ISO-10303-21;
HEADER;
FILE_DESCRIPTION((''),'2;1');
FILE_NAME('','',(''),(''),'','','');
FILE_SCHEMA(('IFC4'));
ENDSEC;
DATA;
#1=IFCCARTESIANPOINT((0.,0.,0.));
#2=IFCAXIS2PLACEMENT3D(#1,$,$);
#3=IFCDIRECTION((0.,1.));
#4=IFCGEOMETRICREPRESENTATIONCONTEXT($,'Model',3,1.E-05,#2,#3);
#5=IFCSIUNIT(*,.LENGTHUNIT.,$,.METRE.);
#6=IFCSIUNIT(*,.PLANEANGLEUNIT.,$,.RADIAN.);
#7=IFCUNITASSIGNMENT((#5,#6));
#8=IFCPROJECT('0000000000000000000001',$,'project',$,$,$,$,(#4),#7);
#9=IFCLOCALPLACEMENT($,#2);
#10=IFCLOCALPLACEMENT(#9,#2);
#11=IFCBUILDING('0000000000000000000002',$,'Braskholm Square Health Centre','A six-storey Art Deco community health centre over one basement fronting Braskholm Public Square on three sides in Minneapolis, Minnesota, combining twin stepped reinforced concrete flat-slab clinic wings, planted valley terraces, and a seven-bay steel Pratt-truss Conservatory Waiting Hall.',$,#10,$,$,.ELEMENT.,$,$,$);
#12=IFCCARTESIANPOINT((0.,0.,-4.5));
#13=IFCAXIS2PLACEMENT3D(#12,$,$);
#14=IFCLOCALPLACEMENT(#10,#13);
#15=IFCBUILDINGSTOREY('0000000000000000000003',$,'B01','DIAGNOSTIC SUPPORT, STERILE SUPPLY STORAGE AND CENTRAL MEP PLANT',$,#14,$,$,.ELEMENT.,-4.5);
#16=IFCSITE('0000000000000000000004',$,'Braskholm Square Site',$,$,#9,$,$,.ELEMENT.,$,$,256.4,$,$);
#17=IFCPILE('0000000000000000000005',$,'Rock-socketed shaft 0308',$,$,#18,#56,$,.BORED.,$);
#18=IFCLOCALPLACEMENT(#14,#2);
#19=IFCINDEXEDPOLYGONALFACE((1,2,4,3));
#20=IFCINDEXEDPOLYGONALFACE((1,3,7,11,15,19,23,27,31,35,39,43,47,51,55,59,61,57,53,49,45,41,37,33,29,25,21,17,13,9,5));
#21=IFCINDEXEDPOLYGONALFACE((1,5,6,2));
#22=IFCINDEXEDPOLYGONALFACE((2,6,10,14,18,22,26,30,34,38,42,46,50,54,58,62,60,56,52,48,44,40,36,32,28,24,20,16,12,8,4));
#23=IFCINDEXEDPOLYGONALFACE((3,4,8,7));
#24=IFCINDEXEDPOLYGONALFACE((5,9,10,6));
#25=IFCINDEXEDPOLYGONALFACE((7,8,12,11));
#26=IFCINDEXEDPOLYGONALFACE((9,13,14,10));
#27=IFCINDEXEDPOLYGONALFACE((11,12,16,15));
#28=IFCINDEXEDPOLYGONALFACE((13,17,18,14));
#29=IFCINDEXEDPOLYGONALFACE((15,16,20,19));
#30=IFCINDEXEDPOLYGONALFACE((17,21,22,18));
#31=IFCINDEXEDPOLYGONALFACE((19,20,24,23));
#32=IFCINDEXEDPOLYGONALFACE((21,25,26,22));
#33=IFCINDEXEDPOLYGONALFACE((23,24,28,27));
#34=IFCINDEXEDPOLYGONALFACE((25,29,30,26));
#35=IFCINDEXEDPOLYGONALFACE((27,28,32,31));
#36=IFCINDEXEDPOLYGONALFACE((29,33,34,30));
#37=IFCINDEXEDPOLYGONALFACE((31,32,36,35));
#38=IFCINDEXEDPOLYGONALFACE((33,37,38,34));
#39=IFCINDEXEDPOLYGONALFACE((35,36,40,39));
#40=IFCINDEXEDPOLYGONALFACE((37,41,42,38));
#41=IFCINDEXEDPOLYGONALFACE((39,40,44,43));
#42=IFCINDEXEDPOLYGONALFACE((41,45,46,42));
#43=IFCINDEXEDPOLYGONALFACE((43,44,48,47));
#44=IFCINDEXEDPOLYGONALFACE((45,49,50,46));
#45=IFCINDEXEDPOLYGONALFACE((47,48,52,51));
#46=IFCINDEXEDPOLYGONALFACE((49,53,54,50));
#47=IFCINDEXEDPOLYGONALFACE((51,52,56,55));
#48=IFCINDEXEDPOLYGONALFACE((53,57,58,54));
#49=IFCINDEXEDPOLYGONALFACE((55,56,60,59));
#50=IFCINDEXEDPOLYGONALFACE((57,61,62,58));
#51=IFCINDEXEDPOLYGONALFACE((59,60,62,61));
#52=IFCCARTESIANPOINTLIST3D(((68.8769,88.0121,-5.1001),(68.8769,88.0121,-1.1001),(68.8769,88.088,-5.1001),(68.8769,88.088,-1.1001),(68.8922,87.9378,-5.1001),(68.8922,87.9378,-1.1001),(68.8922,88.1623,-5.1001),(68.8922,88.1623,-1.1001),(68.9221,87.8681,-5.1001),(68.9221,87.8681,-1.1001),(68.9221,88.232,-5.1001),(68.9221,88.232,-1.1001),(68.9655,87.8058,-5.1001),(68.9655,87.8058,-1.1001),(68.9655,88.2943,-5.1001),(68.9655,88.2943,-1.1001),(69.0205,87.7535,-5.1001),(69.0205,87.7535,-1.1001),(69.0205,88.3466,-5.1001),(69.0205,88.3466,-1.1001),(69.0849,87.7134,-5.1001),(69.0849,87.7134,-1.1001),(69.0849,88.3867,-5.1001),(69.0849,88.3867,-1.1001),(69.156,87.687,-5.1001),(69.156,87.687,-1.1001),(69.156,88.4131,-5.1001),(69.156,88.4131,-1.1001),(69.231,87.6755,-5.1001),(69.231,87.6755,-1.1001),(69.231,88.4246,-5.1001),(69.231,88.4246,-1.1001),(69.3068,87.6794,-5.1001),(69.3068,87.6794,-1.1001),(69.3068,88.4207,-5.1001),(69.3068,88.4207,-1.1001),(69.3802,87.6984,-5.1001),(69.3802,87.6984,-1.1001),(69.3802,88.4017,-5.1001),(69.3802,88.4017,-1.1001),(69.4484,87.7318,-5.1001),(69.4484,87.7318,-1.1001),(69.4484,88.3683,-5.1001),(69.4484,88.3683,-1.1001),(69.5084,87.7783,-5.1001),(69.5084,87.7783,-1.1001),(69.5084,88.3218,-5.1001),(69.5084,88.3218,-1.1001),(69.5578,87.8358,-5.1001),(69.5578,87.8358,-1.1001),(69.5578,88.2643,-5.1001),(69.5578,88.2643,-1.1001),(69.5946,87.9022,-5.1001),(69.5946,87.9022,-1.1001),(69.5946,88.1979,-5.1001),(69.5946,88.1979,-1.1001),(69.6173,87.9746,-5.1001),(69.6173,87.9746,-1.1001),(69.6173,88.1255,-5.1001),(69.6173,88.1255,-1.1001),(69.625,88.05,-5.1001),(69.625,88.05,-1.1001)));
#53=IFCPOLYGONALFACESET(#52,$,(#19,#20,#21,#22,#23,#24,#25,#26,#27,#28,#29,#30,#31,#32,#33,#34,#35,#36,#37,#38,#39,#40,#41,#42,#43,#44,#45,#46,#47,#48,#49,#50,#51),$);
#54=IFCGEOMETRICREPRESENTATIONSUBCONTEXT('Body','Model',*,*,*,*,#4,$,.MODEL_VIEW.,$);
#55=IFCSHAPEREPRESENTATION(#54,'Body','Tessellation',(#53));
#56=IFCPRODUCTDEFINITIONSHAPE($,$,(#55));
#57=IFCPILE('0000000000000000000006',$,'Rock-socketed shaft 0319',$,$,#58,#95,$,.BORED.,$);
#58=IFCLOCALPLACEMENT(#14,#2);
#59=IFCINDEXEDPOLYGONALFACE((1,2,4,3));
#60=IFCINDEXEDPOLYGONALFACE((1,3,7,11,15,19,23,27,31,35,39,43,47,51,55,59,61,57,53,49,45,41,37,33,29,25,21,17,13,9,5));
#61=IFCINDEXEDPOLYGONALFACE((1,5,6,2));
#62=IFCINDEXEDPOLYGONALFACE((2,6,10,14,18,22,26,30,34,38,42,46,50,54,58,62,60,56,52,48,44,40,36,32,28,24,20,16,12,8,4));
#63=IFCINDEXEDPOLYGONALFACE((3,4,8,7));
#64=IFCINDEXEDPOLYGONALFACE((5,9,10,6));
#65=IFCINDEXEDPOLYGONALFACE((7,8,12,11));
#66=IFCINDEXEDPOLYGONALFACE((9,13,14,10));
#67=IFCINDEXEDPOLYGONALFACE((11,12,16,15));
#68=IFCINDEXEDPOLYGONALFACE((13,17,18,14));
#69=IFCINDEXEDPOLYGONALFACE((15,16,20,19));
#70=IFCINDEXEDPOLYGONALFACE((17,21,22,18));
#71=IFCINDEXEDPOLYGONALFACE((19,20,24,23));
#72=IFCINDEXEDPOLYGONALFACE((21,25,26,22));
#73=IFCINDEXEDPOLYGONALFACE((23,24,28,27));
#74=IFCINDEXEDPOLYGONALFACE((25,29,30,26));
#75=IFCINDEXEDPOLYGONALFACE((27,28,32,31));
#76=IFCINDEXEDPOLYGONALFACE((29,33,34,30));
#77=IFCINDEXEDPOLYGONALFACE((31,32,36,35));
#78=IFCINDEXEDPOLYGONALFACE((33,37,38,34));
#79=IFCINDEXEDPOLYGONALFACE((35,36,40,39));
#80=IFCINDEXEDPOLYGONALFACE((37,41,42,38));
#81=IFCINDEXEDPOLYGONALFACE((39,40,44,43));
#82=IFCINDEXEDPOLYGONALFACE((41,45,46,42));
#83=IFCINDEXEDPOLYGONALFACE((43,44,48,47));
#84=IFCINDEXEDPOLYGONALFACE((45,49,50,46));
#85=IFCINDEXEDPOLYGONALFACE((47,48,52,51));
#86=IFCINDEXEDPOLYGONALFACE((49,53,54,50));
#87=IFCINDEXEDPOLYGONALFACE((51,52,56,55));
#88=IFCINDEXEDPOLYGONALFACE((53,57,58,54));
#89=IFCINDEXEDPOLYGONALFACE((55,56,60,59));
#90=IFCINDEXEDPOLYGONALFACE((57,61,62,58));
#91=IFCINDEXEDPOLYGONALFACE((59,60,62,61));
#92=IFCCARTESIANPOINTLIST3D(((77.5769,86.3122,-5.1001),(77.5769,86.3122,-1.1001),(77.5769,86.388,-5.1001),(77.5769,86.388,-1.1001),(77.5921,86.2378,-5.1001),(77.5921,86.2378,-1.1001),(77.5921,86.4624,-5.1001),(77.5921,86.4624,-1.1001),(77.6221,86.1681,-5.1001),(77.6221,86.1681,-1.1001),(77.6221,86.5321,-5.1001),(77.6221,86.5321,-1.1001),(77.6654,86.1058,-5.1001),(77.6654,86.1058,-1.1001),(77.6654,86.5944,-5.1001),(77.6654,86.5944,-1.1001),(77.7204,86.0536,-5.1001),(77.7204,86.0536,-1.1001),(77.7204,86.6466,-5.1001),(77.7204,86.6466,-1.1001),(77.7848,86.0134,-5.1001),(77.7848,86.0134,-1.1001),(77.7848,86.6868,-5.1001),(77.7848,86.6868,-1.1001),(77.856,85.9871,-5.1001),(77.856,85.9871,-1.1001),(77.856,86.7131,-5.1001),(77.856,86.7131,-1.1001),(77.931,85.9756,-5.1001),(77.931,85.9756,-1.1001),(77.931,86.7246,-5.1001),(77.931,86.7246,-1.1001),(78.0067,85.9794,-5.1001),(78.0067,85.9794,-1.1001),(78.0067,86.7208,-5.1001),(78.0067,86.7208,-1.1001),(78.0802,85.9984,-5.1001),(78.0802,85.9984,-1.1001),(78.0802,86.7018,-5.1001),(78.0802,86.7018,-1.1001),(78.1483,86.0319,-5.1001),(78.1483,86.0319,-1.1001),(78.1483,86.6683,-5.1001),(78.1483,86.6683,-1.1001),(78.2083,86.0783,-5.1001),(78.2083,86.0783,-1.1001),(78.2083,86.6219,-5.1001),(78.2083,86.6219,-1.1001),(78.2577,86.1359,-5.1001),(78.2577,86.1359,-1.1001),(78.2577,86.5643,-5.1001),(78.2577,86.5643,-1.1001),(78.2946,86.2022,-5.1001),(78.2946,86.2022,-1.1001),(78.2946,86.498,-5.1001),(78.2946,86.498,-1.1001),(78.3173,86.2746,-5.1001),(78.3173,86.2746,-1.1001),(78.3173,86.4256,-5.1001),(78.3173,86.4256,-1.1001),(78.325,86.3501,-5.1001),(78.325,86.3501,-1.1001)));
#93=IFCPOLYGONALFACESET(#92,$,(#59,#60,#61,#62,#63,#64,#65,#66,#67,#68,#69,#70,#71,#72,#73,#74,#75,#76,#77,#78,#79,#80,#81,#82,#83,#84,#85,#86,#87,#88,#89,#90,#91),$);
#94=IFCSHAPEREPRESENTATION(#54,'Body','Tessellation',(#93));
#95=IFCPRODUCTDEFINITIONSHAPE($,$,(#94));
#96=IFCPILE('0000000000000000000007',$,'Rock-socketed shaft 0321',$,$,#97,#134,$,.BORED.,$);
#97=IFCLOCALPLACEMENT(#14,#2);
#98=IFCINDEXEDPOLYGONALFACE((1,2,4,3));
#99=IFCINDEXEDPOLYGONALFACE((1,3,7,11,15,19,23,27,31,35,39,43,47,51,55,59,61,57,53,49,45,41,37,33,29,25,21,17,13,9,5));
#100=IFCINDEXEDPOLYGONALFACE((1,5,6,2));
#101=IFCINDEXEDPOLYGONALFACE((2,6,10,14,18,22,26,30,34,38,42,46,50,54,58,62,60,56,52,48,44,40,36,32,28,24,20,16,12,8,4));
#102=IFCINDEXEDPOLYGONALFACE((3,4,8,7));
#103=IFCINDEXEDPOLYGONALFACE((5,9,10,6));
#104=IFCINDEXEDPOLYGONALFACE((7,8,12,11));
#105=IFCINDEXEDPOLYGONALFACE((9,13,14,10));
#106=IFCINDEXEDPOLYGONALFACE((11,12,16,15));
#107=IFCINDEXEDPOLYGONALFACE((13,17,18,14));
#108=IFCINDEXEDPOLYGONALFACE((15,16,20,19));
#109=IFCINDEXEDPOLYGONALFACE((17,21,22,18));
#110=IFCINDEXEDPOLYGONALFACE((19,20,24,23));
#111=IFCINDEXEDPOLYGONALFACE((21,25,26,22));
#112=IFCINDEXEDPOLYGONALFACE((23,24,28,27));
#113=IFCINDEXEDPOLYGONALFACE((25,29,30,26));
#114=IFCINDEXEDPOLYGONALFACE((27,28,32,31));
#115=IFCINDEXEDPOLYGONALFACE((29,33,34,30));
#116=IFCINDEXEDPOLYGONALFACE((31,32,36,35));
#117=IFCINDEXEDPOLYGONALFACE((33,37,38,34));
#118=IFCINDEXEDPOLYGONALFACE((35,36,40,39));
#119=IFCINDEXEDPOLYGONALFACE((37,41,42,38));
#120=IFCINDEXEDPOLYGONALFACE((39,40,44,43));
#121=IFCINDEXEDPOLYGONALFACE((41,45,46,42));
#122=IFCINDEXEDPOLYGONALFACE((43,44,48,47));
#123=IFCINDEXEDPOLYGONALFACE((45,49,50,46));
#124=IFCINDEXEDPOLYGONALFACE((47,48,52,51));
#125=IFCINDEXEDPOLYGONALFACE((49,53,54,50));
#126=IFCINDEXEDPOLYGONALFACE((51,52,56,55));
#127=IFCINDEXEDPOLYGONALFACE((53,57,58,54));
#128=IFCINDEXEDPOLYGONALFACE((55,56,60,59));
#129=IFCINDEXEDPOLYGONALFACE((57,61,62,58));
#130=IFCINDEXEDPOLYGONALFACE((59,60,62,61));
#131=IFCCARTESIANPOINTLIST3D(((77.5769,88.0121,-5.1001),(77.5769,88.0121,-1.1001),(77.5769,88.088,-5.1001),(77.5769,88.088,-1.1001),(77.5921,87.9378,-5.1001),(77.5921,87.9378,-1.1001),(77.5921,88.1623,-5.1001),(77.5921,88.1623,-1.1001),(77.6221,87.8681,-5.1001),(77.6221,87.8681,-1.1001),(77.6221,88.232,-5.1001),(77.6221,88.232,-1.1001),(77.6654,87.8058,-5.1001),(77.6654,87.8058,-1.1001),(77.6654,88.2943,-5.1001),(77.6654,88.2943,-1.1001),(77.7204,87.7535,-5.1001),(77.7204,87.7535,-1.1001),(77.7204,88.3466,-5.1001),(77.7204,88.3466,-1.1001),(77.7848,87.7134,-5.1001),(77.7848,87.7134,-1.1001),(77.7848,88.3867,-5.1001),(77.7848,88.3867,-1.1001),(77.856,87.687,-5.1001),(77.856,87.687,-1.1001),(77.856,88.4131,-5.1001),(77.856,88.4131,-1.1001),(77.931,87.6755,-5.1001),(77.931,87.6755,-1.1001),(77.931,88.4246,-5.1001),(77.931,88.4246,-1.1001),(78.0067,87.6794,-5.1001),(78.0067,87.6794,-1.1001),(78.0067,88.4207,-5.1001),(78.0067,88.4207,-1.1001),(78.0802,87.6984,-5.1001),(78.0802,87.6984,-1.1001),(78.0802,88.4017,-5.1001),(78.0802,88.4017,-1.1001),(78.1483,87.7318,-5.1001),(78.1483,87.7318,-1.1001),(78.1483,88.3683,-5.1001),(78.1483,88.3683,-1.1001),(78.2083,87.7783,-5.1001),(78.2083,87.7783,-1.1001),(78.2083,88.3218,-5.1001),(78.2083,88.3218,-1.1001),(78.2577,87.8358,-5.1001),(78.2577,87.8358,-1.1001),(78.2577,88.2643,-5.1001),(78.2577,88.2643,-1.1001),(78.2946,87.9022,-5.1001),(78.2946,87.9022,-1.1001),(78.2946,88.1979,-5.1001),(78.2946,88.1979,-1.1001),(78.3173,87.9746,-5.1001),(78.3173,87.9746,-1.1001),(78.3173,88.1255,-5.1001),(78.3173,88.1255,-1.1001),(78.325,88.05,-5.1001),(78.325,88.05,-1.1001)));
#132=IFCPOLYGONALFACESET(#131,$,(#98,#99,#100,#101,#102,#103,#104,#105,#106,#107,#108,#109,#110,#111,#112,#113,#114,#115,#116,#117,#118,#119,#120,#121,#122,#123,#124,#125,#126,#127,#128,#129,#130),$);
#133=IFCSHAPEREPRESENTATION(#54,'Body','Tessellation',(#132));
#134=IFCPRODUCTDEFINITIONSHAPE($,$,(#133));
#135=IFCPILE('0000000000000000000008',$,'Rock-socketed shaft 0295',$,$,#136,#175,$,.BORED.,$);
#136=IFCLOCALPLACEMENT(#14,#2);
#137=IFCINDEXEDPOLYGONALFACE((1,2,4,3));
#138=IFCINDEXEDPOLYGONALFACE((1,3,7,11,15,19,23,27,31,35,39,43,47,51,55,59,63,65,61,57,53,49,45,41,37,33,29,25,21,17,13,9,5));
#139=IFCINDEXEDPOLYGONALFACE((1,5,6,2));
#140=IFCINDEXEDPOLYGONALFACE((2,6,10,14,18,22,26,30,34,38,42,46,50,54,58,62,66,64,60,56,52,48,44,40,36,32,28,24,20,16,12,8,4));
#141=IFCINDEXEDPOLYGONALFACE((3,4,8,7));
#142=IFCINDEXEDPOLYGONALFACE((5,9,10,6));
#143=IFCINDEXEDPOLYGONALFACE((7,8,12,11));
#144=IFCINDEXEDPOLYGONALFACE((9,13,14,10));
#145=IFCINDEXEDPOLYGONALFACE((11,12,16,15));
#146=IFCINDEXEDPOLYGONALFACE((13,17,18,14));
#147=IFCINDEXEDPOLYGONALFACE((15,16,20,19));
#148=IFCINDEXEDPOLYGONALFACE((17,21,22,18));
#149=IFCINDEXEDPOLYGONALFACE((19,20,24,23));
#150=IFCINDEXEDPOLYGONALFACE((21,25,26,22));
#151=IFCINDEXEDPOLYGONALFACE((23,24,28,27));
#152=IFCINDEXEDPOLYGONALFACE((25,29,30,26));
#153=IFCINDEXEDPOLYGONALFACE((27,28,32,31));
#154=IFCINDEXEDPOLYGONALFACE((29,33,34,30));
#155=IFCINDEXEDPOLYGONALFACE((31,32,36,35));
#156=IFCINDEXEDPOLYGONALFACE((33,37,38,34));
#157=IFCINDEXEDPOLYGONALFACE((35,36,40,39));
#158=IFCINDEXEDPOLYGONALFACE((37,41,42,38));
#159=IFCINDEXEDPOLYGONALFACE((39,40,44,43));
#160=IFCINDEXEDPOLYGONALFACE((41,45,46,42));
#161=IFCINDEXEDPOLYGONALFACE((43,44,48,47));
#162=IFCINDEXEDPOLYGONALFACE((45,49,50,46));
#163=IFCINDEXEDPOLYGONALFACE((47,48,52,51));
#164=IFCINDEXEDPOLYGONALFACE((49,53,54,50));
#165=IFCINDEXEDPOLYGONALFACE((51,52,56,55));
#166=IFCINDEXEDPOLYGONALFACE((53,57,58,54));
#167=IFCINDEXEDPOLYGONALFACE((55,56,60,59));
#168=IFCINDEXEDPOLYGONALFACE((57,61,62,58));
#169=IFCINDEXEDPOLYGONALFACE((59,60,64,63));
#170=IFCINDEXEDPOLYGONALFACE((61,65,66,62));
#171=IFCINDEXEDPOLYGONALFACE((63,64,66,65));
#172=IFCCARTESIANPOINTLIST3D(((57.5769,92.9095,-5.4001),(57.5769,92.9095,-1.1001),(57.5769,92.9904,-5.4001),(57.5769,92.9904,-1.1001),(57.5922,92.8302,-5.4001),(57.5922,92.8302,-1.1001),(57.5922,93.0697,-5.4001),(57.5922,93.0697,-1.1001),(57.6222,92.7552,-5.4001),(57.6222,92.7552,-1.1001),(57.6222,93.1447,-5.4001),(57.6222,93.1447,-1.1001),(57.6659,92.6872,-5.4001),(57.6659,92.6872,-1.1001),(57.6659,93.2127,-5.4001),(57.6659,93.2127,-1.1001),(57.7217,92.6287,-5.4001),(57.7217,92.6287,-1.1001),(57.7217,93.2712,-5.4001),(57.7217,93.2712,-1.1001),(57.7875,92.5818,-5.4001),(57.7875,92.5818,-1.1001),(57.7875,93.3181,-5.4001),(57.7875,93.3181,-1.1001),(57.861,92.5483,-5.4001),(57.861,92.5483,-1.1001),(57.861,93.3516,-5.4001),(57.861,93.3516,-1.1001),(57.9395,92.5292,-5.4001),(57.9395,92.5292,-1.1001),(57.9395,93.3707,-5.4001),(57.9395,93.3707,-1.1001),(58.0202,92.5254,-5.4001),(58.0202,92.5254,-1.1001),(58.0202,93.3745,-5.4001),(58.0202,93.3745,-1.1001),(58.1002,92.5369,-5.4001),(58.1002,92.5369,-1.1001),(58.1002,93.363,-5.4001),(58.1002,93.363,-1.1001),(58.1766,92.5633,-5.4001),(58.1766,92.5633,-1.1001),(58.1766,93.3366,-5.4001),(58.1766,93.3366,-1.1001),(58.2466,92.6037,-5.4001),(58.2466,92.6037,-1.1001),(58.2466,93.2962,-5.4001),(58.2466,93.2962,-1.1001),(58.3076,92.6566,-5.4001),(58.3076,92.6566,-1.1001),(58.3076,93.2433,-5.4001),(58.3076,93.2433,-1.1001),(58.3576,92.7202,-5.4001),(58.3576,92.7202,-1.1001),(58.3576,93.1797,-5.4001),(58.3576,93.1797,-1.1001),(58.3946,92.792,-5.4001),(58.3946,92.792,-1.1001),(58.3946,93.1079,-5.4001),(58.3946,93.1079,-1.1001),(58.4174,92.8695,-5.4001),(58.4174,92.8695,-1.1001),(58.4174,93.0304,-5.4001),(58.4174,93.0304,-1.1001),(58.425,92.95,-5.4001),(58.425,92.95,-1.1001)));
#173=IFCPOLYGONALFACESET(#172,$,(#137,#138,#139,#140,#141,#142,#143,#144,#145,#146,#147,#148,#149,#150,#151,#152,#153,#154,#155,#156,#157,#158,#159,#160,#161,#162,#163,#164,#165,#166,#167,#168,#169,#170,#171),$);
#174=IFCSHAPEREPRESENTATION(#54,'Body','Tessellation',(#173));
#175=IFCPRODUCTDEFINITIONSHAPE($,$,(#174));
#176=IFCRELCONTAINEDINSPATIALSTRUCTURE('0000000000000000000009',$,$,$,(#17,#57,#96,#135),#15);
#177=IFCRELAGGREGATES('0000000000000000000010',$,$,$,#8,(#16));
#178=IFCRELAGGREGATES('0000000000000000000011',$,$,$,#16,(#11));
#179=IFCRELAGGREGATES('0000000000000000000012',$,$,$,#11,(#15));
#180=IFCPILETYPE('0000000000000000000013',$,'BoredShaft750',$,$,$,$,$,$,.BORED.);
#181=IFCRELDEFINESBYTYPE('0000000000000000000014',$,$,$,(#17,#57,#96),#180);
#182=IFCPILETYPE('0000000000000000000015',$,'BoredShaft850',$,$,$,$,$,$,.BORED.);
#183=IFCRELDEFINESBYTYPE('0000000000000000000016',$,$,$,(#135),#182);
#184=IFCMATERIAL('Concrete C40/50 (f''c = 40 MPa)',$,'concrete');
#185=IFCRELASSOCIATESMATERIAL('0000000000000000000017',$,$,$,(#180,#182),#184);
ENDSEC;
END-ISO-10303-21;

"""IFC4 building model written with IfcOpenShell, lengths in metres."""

from ifc_helpers import new_model, si_unit, direction, frame, origin, origin_2d, place, context, subcontext, project, spatial, circle, extrude, material, material_profile, profile_set, type_object, element, save


model = new_model("IFC4")

# Units and contexts
model_context = context("Model", 3, precision=1e-05, world=origin(), true_north=direction((0.0, 1.0)))
body_context = subcontext(model_context, "Body", "Model", "MODEL_VIEW")
ifc_project = project(units=[si_unit("LENGTHUNIT", "METRE"), si_unit("PLANEANGLEUNIT", "RADIAN")], contexts=[model_context])

# Site, building, storey
site_placement = place(None, origin())
site = spatial("IfcSite", under=ifc_project, at=site_placement, Name="Braskholm Square Site", CompositionType="ELEMENT", RefElevation=256.4)
building_placement = place(site_placement, origin())
building = spatial("IfcBuilding", under=site, at=building_placement, Name="Braskholm Square Health Centre", Description="A six-storey Art Deco community health centre over one basement fronting Braskholm Public Square on three sides in Minneapolis, Minnesota, combining twin stepped reinforced concrete flat-slab clinic wings, planted valley terraces, and a seven-bay steel Pratt-truss Conservatory Waiting Hall.", CompositionType="ELEMENT")
storey_placement = place(building_placement, frame((0.0, 0.0, -4.5)))
storey = spatial("IfcBuildingStorey", under=building, at=storey_placement, Name="B01", Description="DIAGNOSTIC SUPPORT, STERILE SUPPLY STORAGE AND CENTRAL MEP PLANT", CompositionType="ELEMENT", Elevation=-4.5)

# Piles
ifc_material_1 = material(Name="Concrete C40/50 (f'c = 40 MPa)", Category="concrete")
ifc_material_profile_1 = material_profile(ifc_material_1, circle(Radius=0.375, at=origin_2d()), Name="BORED-PILE-750")
ifc_profile_set_1 = profile_set([ifc_material_profile_1], Name="Concrete C40/50 (f'c = 40 MPa)")
pile_type_1 = type_object("IfcPileType", Name="BoredShaft750", PredefinedType="BORED", material=ifc_profile_set_1)
for number, where, z_axis, x_axis, name in (
    (1, (69.25, 88.05, -1.1001), (0.0, 0.0, -1.0), (1.0, 0.0, 0.0), "Rock-socketed shaft 0308"),
    (2, (77.95, 86.3501, -1.1001), (0.0, 0.0, -1.0), (1.0, 0.0, 0.0), "Rock-socketed shaft 0319"),
    (3, (77.95, 88.05, -1.1001), (0.0, 0.0, -1.0), (1.0, 0.0, 0.0), "Rock-socketed shaft 0321"),
):
    element("IfcPile", number, at=place(storey_placement, frame(where, z_axis=z_axis, x_axis=x_axis)), inside=storey, type_object=pile_type_1, Name=name, PredefinedType="BORED", context=body_context, shape_type="SweptSolid", body=[
        extrude(circle(Radius=0.375, at=origin_2d()), origin(), (0.0, 0.0, 1.0), 4.0),
    ])
ifc_material_profile_2 = material_profile(ifc_material_1, circle(Radius=0.425, at=origin_2d()), Name="BORED-PILE-850")
ifc_profile_set_2 = profile_set([ifc_material_profile_2], Name="Concrete C40/50 (f'c = 40 MPa)")
pile_type_2 = type_object("IfcPileType", Name="BoredShaft850", PredefinedType="BORED", material=ifc_profile_set_2)
for number, where, z_axis, x_axis, name in (
    (4, (58.0, 92.95, -1.1001), (0.0, 0.0, -1.0), (1.0, 0.0, 0.0), "Rock-socketed shaft 0295"),
):
    element("IfcPile", number, at=place(storey_placement, frame(where, z_axis=z_axis, x_axis=x_axis)), inside=storey, type_object=pile_type_2, Name=name, PredefinedType="BORED", context=body_context, shape_type="SweptSolid", body=[
        extrude(circle(Radius=0.425, at=origin_2d()), origin(), (0.0, 0.0, 1.0), 4.3),
    ])

save(model, "model.ifc")
